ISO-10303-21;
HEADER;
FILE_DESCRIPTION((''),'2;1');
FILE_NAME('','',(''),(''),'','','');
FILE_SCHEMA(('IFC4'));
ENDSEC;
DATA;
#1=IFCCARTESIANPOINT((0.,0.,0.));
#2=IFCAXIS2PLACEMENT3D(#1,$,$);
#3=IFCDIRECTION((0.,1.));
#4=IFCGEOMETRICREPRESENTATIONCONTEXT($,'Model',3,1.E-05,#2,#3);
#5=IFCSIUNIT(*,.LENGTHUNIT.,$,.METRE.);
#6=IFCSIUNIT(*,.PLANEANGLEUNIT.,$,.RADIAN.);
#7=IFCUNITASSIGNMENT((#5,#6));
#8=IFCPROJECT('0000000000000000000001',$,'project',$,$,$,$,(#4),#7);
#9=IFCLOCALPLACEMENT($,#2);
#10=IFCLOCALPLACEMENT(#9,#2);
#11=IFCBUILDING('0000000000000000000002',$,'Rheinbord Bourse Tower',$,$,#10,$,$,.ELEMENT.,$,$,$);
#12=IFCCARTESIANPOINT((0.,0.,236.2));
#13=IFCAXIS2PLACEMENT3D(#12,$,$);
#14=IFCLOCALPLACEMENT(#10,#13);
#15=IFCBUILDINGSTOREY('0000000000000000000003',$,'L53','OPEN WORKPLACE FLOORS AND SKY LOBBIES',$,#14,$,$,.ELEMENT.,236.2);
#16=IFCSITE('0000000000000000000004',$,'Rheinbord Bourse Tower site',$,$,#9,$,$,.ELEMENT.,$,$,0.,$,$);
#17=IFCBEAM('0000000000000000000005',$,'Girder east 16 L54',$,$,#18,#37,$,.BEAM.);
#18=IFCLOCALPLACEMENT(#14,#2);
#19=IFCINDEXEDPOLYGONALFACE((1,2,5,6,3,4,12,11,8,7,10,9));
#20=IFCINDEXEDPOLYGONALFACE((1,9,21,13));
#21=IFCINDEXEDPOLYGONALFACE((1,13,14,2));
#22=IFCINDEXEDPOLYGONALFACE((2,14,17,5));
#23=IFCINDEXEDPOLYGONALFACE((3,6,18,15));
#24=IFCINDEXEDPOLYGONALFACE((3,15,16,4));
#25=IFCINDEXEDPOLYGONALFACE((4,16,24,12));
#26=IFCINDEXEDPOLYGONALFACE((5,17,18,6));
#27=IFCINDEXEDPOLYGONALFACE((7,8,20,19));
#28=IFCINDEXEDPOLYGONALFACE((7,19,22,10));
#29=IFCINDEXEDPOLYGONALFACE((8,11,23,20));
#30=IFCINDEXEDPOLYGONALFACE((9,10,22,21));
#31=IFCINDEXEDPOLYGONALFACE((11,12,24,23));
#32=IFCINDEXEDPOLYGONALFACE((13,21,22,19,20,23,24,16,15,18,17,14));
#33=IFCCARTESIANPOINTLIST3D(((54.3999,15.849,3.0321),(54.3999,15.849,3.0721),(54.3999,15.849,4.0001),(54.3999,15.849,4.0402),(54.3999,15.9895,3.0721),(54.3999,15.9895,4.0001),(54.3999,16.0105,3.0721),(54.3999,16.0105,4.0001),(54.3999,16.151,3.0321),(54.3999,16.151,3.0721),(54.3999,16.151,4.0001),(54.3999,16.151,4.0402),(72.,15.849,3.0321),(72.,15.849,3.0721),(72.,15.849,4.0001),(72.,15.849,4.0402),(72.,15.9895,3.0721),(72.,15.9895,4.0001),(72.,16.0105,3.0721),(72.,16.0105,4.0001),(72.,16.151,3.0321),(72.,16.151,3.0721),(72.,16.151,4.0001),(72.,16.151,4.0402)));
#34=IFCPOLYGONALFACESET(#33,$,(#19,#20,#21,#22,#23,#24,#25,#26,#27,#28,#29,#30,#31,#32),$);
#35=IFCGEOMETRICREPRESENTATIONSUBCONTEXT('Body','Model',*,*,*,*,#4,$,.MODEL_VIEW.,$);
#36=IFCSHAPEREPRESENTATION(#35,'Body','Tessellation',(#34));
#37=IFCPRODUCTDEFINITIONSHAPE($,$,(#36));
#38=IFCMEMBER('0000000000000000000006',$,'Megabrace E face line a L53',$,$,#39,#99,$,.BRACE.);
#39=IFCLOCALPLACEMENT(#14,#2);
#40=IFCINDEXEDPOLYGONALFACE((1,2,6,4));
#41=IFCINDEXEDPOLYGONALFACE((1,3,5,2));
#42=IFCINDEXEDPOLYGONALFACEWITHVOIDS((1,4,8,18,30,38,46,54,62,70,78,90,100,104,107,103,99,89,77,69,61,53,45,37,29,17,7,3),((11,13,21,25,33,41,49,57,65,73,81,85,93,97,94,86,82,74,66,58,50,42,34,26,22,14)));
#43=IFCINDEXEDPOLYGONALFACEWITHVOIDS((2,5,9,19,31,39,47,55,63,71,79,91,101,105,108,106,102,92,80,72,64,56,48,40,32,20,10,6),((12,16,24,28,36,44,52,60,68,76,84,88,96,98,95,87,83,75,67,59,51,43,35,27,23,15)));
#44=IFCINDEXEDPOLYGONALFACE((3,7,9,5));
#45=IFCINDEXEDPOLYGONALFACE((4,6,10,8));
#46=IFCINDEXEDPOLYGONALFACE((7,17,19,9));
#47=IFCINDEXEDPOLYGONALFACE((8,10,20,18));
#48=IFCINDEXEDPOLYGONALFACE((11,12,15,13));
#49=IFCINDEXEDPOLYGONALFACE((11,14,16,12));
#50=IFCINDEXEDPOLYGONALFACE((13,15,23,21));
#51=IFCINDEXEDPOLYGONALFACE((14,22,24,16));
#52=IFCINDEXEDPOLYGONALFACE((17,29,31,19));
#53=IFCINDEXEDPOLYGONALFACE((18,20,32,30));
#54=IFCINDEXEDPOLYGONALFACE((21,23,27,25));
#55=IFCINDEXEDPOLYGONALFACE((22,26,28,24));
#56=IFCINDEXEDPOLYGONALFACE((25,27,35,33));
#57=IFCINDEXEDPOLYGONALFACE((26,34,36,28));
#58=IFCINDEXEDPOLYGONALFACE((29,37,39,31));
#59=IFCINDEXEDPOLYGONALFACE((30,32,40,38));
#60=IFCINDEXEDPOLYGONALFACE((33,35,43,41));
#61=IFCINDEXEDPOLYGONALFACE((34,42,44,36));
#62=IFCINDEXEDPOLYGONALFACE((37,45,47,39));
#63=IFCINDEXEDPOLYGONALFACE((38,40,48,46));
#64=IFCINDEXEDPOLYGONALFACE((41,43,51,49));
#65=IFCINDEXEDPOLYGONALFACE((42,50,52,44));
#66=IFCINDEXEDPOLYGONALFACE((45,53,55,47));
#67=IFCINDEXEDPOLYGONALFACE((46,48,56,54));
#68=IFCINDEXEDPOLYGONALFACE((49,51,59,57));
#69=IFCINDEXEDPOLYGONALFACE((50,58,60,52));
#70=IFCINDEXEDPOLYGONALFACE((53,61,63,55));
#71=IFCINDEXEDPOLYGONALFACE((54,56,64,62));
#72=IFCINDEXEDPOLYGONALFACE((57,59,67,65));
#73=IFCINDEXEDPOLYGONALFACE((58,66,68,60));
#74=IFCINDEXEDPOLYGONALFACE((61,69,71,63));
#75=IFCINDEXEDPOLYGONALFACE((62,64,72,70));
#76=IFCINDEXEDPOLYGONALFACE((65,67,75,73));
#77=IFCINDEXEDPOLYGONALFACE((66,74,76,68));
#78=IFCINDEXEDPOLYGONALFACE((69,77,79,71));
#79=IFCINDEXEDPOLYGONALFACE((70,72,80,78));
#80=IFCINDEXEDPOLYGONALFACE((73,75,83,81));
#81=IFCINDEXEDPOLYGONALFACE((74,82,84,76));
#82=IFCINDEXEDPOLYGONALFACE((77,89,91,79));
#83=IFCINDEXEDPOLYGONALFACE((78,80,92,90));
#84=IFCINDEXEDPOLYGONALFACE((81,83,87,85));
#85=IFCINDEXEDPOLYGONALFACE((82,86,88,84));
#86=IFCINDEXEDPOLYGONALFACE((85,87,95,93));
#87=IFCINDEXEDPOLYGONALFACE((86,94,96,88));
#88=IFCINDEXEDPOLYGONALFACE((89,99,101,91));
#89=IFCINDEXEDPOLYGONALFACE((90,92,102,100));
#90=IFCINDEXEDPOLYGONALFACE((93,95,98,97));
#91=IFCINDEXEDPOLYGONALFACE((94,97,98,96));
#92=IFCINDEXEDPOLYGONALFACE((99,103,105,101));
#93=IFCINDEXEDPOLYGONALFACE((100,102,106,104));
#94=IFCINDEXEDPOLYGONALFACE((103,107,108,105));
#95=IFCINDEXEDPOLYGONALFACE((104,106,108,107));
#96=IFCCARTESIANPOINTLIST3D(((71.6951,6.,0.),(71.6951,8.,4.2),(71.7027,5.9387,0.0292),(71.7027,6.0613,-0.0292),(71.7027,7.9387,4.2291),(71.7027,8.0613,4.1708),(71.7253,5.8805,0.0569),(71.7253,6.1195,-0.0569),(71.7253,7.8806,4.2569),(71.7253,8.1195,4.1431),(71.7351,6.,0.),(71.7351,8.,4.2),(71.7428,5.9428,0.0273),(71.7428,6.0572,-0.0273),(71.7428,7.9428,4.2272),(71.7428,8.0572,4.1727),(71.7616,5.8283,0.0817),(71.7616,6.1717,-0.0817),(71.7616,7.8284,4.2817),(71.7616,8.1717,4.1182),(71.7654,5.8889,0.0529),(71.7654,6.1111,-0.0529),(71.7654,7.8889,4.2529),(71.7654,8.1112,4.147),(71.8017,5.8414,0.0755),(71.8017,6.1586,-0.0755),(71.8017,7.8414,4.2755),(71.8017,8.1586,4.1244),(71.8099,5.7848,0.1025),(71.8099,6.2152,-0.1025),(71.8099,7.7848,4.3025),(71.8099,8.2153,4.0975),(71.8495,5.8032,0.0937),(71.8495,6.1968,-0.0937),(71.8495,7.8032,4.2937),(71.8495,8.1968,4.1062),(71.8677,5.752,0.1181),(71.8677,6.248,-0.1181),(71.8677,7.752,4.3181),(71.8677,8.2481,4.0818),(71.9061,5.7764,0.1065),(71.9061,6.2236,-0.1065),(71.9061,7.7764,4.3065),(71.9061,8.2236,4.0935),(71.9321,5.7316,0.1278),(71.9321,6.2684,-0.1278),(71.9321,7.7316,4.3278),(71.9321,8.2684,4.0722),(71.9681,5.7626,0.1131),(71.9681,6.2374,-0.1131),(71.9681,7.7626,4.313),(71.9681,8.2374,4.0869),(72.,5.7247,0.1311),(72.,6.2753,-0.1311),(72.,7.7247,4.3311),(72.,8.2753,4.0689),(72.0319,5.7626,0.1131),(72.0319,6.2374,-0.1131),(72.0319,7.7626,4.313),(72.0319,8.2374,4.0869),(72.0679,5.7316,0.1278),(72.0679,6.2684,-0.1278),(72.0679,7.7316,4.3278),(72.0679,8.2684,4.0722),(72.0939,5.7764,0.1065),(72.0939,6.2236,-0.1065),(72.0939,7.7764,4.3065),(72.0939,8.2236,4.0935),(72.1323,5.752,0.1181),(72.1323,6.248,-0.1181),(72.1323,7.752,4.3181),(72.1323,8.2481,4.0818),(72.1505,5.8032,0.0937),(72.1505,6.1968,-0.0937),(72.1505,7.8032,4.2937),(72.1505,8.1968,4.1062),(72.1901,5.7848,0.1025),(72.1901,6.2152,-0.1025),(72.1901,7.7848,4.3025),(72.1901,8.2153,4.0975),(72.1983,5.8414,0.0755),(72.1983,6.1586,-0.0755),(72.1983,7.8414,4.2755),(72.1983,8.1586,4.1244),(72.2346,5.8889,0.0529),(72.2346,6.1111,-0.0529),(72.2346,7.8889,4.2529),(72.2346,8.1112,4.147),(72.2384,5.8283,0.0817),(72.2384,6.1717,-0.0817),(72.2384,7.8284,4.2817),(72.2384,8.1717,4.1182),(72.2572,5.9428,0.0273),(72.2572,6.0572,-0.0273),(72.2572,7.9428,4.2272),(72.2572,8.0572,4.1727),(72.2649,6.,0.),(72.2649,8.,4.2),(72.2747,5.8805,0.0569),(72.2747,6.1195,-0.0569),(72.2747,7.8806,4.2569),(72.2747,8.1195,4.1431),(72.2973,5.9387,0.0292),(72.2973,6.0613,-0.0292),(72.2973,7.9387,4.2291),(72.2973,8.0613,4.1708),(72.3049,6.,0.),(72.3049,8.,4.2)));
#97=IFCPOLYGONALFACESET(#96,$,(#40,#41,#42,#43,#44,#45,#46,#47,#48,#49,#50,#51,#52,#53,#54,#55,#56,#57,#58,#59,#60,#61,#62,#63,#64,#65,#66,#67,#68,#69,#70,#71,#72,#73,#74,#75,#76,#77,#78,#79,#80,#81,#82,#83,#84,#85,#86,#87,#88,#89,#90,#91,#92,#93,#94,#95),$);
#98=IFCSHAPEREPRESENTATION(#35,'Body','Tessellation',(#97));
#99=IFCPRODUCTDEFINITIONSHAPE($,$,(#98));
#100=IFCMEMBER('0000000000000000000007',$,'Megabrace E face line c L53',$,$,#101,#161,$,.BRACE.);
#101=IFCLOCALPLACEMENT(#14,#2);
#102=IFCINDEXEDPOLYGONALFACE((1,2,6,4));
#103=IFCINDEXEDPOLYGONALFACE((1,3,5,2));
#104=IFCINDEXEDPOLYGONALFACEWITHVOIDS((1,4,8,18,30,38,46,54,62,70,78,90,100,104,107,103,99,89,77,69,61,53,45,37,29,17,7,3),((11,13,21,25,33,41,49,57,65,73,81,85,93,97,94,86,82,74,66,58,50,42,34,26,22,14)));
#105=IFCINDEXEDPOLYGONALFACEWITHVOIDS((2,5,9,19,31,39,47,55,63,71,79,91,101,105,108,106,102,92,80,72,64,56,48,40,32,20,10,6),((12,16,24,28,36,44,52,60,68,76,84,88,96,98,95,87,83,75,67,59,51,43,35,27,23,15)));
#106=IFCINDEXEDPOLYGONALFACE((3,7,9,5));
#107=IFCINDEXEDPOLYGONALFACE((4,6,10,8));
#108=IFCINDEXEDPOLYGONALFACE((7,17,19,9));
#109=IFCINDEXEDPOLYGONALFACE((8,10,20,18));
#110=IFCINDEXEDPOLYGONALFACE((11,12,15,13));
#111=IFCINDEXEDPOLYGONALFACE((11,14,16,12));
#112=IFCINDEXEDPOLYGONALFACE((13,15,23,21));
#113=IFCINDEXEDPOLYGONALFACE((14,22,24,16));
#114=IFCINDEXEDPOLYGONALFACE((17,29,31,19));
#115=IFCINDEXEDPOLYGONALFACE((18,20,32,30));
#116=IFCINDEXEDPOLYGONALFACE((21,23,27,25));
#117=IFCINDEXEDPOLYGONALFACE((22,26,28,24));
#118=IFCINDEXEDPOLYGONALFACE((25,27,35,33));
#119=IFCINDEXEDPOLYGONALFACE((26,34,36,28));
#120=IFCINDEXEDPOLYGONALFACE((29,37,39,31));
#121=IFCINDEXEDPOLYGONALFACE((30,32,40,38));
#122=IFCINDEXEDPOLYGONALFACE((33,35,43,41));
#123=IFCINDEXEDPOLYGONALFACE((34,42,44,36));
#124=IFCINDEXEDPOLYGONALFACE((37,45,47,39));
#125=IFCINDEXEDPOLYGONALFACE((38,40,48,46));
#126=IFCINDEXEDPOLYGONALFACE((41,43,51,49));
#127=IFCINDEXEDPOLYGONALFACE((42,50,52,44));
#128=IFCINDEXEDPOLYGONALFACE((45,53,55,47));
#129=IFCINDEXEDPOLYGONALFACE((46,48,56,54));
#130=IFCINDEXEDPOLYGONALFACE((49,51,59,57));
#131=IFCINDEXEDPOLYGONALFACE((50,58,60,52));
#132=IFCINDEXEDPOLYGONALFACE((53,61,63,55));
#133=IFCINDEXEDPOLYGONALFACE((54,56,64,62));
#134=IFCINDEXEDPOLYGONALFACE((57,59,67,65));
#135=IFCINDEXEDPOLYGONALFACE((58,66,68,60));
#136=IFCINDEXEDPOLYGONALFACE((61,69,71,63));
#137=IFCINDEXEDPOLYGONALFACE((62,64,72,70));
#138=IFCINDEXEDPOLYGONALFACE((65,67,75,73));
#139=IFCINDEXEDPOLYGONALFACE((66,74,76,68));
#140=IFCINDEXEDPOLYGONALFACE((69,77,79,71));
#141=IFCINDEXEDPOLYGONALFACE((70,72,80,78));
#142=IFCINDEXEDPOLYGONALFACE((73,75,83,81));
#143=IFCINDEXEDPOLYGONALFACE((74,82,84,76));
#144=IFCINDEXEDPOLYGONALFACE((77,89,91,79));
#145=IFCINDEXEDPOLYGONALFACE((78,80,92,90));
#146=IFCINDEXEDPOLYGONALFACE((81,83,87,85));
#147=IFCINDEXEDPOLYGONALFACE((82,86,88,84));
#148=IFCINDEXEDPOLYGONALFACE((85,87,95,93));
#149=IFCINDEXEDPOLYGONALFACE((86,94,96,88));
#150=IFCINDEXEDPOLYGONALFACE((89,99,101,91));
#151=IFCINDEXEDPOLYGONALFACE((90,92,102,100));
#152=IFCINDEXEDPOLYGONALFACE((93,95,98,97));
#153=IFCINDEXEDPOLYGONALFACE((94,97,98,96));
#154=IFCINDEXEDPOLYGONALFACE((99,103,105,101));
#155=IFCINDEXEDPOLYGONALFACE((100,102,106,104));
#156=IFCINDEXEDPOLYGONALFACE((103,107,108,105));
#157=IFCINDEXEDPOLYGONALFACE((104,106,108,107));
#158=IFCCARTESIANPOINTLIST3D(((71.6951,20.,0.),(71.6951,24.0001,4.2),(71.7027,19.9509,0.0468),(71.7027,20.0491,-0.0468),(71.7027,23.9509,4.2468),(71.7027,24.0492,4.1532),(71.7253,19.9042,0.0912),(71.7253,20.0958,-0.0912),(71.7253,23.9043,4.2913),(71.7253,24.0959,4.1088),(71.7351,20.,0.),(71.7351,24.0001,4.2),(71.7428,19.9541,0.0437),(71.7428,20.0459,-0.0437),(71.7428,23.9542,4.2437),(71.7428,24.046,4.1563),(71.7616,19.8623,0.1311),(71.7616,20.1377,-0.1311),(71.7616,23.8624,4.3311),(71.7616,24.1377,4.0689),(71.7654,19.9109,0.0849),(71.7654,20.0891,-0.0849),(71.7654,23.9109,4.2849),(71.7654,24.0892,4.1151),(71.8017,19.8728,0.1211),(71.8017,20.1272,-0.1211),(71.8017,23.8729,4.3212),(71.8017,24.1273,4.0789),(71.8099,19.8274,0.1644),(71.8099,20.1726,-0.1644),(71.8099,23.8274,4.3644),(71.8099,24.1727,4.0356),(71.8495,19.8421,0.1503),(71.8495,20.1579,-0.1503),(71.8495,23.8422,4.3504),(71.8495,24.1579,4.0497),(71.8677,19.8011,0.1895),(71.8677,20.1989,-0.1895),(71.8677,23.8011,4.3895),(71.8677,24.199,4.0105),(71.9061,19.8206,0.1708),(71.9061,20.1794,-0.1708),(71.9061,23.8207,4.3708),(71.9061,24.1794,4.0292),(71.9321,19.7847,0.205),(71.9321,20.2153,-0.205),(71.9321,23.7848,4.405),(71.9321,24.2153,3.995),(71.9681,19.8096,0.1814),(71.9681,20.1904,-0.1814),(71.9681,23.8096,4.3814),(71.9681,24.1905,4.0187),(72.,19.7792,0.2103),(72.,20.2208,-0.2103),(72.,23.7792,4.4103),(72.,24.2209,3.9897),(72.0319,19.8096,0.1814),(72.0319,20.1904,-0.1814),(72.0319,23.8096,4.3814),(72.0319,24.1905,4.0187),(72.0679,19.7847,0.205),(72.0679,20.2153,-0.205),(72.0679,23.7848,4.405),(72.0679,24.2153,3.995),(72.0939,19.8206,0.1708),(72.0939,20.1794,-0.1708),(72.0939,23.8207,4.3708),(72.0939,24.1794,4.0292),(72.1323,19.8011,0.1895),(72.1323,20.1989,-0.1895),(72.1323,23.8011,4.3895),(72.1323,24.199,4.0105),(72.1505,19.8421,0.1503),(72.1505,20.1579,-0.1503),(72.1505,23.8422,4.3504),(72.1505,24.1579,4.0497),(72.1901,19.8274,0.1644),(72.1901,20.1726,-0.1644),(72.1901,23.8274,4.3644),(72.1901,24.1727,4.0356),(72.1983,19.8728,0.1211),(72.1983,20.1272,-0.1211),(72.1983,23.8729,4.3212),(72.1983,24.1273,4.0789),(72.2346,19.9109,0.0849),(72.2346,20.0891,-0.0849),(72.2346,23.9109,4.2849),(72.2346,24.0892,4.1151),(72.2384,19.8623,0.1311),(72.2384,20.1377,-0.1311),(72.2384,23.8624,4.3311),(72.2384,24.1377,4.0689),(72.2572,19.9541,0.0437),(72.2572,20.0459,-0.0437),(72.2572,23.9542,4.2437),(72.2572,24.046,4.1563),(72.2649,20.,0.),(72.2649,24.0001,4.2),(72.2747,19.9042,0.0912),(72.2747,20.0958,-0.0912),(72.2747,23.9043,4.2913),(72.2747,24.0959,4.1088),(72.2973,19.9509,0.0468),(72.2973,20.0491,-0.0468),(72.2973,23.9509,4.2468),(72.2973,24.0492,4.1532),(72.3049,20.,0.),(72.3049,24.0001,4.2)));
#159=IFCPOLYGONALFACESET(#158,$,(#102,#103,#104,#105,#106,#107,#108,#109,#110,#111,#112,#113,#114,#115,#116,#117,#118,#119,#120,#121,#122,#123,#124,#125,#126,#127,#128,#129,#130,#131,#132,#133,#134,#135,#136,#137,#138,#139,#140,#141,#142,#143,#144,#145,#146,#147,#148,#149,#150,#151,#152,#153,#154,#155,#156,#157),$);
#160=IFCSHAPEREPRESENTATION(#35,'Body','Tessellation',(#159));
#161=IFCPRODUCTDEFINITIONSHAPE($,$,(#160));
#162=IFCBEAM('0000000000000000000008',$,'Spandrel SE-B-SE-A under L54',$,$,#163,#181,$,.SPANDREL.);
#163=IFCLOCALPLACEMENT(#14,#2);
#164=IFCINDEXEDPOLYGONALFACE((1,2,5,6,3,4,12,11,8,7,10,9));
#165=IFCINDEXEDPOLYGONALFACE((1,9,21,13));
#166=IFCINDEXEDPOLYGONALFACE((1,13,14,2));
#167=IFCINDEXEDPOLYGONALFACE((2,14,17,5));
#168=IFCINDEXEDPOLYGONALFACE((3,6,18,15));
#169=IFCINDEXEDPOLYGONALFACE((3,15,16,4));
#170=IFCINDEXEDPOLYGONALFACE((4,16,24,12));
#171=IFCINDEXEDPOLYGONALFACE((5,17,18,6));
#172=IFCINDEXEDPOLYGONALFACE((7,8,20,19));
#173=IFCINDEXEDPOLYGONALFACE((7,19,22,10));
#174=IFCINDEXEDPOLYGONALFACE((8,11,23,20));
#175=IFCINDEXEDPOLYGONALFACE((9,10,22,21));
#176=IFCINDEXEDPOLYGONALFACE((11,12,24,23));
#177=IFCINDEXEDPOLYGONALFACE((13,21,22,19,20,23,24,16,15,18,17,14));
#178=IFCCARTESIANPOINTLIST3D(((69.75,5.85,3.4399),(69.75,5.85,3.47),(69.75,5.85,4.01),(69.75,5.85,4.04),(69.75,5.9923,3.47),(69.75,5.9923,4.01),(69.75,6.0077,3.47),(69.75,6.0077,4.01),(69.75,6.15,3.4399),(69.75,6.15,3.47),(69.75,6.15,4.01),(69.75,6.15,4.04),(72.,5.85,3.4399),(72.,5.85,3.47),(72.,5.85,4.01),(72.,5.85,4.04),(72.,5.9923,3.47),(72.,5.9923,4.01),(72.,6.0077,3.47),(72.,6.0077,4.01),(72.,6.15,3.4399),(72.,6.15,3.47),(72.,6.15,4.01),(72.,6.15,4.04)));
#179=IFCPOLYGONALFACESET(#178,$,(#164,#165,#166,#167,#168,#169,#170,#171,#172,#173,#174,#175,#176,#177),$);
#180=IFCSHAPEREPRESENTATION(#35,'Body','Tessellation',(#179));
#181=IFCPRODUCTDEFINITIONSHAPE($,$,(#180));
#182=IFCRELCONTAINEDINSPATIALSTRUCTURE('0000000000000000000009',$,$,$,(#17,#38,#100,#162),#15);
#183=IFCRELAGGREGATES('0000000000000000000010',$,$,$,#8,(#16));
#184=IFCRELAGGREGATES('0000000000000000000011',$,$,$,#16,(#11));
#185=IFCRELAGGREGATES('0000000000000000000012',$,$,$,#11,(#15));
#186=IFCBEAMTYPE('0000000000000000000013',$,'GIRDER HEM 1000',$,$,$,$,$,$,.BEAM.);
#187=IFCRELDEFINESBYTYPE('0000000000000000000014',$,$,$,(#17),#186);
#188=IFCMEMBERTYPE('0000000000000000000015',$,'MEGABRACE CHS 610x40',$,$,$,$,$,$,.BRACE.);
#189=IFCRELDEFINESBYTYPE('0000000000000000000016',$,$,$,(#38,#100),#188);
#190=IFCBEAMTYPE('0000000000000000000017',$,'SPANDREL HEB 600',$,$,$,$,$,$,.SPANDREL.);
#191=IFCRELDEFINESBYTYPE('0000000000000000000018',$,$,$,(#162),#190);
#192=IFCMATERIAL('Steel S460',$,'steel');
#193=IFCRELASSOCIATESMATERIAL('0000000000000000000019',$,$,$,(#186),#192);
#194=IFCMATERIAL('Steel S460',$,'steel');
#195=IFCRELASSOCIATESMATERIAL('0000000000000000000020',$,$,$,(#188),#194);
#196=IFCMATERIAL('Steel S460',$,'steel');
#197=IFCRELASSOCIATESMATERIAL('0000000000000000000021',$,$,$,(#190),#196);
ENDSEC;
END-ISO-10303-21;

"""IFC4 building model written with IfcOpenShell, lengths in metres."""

from ifc_helpers import new_model, si_unit, direction, frame, origin, origin_2d, place, context, subcontext, project, spatial, hollow_circle, i_section, extrude, material, material_profile, profile_set, type_object, element, save


model = new_model("IFC4")

# Units and contexts
model_context = context("Model", 3, precision=1e-05, world=origin(), true_north=direction((0.0, 1.0)))
body_context = subcontext(model_context, "Body", "Model", "MODEL_VIEW")
ifc_project = project(units=[si_unit("LENGTHUNIT", "METRE"), si_unit("PLANEANGLEUNIT", "RADIAN")], contexts=[model_context])

# Site, building, storey
site_placement = place(None, origin())
site = spatial("IfcSite", under=ifc_project, at=site_placement, Name="Rheinbord Bourse Tower site", CompositionType="ELEMENT", RefElevation=0.0)
building_placement = place(site_placement, origin())
building = spatial("IfcBuilding", under=site, at=building_placement, Name="Rheinbord Bourse Tower", CompositionType="ELEMENT")
storey_placement = place(building_placement, frame((0.0, 0.0, 236.2)))
storey = spatial("IfcBuildingStorey", under=building, at=storey_placement, Name="L53", Description="OPEN WORKPLACE FLOORS AND SKY LOBBIES", CompositionType="ELEMENT", Elevation=236.2)

# Beam
ifc_material_1 = material(Name="Steel S460", Category="steel")
ifc_material_profile_1 = material_profile(ifc_material_1, i_section(OverallWidth=0.302, OverallDepth=1.0081, WebThickness=0.021, FlangeThickness=0.04, at=origin_2d()), Name="HEM 1000")
ifc_profile_set_1 = profile_set([ifc_material_profile_1], Name="Steel S460")
beam_type_1 = type_object("IfcBeamType", Name="GIRDER HEM 1000", PredefinedType="BEAM", material=ifc_profile_set_1)
beam_1_placement = place(storey_placement, frame((54.3999, 16.0, 3.5361), z_axis=(1.0, 0.0, 0.0), x_axis=(0.0, 1.0, 0.0)))
element("IfcBeam", 1, at=beam_1_placement, inside=storey, type_object=beam_type_1, Name="Girder east 16 L54", PredefinedType="BEAM", context=body_context, shape_type="SweptSolid", body=[
    extrude(i_section(OverallWidth=0.302, OverallDepth=1.0081, WebThickness=0.021, FlangeThickness=0.04, at=origin_2d()), origin(), (0.0, 0.0, 1.0), 17.6001),
])

# Members
ifc_material_2 = material(Name="Steel S460", Category="steel")
ifc_material_profile_2 = material_profile(ifc_material_2, hollow_circle(Radius=0.3049, WallThickness=0.04, at=origin_2d()), Name="CHS 610x40")
ifc_profile_set_2 = profile_set([ifc_material_profile_2], Name="Steel S460")
member_type_1 = type_object("IfcMemberType", Name="MEGABRACE CHS 610x40", PredefinedType="BRACE", material=ifc_profile_set_2)
member_1_placement = place(storey_placement, frame((72.0, 6.0, 0.0), z_axis=(0.0, 0.429938, 0.902859), x_axis=(-1.0, 0.0, 0.0)))
element("IfcMember", 2, at=member_1_placement, inside=storey, type_object=member_type_1, Name="Megabrace E face line a L53", PredefinedType="BRACE", context=body_context, shape_type="SweptSolid", body=[
    extrude(hollow_circle(Radius=0.3049, WallThickness=0.04, at=origin_2d()), origin(), (0.0, 0.0, 1.0), 4.6519),
])
member_2_placement = place(storey_placement, frame((72.0, 20.0, 0.0), z_axis=(0.0, 0.689659, 0.724134), x_axis=(-1.0, 0.0, 0.0)))
element("IfcMember", 3, at=member_2_placement, inside=storey, type_object=member_type_1, Name="Megabrace E face line c L53", PredefinedType="BRACE", context=body_context, shape_type="SweptSolid", body=[
    extrude(hollow_circle(Radius=0.3049, WallThickness=0.04, at=origin_2d()), origin(), (0.0, 0.0, 1.0), 5.8),
])

# Beam
ifc_material_3 = material(Name="Steel S460", Category="steel")
ifc_material_profile_3 = material_profile(ifc_material_3, i_section(OverallWidth=0.3, OverallDepth=0.6001, WebThickness=0.0154, FlangeThickness=0.03, at=origin_2d()), Name="HEB 600")
ifc_profile_set_3 = profile_set([ifc_material_profile_3], Name="Steel S460")
beam_type_2 = type_object("IfcBeamType", Name="SPANDREL HEB 600", PredefinedType="SPANDREL", material=ifc_profile_set_3)
beam_2_placement = place(storey_placement, frame((69.75, 6.0, 3.74), z_axis=(1.0, 0.0, 0.0), x_axis=(0.0, 1.0, 0.0)))
element("IfcBeam", 4, at=beam_2_placement, inside=storey, type_object=beam_type_2, Name="Spandrel SE-B-SE-A under L54", PredefinedType="SPANDREL", context=body_context, shape_type="SweptSolid", body=[
    extrude(i_section(OverallWidth=0.3, OverallDepth=0.6001, WebThickness=0.0154, FlangeThickness=0.03, at=origin_2d()), origin(), (0.0, 0.0, 1.0), 2.25),
])

save(model, "model.ifc")
